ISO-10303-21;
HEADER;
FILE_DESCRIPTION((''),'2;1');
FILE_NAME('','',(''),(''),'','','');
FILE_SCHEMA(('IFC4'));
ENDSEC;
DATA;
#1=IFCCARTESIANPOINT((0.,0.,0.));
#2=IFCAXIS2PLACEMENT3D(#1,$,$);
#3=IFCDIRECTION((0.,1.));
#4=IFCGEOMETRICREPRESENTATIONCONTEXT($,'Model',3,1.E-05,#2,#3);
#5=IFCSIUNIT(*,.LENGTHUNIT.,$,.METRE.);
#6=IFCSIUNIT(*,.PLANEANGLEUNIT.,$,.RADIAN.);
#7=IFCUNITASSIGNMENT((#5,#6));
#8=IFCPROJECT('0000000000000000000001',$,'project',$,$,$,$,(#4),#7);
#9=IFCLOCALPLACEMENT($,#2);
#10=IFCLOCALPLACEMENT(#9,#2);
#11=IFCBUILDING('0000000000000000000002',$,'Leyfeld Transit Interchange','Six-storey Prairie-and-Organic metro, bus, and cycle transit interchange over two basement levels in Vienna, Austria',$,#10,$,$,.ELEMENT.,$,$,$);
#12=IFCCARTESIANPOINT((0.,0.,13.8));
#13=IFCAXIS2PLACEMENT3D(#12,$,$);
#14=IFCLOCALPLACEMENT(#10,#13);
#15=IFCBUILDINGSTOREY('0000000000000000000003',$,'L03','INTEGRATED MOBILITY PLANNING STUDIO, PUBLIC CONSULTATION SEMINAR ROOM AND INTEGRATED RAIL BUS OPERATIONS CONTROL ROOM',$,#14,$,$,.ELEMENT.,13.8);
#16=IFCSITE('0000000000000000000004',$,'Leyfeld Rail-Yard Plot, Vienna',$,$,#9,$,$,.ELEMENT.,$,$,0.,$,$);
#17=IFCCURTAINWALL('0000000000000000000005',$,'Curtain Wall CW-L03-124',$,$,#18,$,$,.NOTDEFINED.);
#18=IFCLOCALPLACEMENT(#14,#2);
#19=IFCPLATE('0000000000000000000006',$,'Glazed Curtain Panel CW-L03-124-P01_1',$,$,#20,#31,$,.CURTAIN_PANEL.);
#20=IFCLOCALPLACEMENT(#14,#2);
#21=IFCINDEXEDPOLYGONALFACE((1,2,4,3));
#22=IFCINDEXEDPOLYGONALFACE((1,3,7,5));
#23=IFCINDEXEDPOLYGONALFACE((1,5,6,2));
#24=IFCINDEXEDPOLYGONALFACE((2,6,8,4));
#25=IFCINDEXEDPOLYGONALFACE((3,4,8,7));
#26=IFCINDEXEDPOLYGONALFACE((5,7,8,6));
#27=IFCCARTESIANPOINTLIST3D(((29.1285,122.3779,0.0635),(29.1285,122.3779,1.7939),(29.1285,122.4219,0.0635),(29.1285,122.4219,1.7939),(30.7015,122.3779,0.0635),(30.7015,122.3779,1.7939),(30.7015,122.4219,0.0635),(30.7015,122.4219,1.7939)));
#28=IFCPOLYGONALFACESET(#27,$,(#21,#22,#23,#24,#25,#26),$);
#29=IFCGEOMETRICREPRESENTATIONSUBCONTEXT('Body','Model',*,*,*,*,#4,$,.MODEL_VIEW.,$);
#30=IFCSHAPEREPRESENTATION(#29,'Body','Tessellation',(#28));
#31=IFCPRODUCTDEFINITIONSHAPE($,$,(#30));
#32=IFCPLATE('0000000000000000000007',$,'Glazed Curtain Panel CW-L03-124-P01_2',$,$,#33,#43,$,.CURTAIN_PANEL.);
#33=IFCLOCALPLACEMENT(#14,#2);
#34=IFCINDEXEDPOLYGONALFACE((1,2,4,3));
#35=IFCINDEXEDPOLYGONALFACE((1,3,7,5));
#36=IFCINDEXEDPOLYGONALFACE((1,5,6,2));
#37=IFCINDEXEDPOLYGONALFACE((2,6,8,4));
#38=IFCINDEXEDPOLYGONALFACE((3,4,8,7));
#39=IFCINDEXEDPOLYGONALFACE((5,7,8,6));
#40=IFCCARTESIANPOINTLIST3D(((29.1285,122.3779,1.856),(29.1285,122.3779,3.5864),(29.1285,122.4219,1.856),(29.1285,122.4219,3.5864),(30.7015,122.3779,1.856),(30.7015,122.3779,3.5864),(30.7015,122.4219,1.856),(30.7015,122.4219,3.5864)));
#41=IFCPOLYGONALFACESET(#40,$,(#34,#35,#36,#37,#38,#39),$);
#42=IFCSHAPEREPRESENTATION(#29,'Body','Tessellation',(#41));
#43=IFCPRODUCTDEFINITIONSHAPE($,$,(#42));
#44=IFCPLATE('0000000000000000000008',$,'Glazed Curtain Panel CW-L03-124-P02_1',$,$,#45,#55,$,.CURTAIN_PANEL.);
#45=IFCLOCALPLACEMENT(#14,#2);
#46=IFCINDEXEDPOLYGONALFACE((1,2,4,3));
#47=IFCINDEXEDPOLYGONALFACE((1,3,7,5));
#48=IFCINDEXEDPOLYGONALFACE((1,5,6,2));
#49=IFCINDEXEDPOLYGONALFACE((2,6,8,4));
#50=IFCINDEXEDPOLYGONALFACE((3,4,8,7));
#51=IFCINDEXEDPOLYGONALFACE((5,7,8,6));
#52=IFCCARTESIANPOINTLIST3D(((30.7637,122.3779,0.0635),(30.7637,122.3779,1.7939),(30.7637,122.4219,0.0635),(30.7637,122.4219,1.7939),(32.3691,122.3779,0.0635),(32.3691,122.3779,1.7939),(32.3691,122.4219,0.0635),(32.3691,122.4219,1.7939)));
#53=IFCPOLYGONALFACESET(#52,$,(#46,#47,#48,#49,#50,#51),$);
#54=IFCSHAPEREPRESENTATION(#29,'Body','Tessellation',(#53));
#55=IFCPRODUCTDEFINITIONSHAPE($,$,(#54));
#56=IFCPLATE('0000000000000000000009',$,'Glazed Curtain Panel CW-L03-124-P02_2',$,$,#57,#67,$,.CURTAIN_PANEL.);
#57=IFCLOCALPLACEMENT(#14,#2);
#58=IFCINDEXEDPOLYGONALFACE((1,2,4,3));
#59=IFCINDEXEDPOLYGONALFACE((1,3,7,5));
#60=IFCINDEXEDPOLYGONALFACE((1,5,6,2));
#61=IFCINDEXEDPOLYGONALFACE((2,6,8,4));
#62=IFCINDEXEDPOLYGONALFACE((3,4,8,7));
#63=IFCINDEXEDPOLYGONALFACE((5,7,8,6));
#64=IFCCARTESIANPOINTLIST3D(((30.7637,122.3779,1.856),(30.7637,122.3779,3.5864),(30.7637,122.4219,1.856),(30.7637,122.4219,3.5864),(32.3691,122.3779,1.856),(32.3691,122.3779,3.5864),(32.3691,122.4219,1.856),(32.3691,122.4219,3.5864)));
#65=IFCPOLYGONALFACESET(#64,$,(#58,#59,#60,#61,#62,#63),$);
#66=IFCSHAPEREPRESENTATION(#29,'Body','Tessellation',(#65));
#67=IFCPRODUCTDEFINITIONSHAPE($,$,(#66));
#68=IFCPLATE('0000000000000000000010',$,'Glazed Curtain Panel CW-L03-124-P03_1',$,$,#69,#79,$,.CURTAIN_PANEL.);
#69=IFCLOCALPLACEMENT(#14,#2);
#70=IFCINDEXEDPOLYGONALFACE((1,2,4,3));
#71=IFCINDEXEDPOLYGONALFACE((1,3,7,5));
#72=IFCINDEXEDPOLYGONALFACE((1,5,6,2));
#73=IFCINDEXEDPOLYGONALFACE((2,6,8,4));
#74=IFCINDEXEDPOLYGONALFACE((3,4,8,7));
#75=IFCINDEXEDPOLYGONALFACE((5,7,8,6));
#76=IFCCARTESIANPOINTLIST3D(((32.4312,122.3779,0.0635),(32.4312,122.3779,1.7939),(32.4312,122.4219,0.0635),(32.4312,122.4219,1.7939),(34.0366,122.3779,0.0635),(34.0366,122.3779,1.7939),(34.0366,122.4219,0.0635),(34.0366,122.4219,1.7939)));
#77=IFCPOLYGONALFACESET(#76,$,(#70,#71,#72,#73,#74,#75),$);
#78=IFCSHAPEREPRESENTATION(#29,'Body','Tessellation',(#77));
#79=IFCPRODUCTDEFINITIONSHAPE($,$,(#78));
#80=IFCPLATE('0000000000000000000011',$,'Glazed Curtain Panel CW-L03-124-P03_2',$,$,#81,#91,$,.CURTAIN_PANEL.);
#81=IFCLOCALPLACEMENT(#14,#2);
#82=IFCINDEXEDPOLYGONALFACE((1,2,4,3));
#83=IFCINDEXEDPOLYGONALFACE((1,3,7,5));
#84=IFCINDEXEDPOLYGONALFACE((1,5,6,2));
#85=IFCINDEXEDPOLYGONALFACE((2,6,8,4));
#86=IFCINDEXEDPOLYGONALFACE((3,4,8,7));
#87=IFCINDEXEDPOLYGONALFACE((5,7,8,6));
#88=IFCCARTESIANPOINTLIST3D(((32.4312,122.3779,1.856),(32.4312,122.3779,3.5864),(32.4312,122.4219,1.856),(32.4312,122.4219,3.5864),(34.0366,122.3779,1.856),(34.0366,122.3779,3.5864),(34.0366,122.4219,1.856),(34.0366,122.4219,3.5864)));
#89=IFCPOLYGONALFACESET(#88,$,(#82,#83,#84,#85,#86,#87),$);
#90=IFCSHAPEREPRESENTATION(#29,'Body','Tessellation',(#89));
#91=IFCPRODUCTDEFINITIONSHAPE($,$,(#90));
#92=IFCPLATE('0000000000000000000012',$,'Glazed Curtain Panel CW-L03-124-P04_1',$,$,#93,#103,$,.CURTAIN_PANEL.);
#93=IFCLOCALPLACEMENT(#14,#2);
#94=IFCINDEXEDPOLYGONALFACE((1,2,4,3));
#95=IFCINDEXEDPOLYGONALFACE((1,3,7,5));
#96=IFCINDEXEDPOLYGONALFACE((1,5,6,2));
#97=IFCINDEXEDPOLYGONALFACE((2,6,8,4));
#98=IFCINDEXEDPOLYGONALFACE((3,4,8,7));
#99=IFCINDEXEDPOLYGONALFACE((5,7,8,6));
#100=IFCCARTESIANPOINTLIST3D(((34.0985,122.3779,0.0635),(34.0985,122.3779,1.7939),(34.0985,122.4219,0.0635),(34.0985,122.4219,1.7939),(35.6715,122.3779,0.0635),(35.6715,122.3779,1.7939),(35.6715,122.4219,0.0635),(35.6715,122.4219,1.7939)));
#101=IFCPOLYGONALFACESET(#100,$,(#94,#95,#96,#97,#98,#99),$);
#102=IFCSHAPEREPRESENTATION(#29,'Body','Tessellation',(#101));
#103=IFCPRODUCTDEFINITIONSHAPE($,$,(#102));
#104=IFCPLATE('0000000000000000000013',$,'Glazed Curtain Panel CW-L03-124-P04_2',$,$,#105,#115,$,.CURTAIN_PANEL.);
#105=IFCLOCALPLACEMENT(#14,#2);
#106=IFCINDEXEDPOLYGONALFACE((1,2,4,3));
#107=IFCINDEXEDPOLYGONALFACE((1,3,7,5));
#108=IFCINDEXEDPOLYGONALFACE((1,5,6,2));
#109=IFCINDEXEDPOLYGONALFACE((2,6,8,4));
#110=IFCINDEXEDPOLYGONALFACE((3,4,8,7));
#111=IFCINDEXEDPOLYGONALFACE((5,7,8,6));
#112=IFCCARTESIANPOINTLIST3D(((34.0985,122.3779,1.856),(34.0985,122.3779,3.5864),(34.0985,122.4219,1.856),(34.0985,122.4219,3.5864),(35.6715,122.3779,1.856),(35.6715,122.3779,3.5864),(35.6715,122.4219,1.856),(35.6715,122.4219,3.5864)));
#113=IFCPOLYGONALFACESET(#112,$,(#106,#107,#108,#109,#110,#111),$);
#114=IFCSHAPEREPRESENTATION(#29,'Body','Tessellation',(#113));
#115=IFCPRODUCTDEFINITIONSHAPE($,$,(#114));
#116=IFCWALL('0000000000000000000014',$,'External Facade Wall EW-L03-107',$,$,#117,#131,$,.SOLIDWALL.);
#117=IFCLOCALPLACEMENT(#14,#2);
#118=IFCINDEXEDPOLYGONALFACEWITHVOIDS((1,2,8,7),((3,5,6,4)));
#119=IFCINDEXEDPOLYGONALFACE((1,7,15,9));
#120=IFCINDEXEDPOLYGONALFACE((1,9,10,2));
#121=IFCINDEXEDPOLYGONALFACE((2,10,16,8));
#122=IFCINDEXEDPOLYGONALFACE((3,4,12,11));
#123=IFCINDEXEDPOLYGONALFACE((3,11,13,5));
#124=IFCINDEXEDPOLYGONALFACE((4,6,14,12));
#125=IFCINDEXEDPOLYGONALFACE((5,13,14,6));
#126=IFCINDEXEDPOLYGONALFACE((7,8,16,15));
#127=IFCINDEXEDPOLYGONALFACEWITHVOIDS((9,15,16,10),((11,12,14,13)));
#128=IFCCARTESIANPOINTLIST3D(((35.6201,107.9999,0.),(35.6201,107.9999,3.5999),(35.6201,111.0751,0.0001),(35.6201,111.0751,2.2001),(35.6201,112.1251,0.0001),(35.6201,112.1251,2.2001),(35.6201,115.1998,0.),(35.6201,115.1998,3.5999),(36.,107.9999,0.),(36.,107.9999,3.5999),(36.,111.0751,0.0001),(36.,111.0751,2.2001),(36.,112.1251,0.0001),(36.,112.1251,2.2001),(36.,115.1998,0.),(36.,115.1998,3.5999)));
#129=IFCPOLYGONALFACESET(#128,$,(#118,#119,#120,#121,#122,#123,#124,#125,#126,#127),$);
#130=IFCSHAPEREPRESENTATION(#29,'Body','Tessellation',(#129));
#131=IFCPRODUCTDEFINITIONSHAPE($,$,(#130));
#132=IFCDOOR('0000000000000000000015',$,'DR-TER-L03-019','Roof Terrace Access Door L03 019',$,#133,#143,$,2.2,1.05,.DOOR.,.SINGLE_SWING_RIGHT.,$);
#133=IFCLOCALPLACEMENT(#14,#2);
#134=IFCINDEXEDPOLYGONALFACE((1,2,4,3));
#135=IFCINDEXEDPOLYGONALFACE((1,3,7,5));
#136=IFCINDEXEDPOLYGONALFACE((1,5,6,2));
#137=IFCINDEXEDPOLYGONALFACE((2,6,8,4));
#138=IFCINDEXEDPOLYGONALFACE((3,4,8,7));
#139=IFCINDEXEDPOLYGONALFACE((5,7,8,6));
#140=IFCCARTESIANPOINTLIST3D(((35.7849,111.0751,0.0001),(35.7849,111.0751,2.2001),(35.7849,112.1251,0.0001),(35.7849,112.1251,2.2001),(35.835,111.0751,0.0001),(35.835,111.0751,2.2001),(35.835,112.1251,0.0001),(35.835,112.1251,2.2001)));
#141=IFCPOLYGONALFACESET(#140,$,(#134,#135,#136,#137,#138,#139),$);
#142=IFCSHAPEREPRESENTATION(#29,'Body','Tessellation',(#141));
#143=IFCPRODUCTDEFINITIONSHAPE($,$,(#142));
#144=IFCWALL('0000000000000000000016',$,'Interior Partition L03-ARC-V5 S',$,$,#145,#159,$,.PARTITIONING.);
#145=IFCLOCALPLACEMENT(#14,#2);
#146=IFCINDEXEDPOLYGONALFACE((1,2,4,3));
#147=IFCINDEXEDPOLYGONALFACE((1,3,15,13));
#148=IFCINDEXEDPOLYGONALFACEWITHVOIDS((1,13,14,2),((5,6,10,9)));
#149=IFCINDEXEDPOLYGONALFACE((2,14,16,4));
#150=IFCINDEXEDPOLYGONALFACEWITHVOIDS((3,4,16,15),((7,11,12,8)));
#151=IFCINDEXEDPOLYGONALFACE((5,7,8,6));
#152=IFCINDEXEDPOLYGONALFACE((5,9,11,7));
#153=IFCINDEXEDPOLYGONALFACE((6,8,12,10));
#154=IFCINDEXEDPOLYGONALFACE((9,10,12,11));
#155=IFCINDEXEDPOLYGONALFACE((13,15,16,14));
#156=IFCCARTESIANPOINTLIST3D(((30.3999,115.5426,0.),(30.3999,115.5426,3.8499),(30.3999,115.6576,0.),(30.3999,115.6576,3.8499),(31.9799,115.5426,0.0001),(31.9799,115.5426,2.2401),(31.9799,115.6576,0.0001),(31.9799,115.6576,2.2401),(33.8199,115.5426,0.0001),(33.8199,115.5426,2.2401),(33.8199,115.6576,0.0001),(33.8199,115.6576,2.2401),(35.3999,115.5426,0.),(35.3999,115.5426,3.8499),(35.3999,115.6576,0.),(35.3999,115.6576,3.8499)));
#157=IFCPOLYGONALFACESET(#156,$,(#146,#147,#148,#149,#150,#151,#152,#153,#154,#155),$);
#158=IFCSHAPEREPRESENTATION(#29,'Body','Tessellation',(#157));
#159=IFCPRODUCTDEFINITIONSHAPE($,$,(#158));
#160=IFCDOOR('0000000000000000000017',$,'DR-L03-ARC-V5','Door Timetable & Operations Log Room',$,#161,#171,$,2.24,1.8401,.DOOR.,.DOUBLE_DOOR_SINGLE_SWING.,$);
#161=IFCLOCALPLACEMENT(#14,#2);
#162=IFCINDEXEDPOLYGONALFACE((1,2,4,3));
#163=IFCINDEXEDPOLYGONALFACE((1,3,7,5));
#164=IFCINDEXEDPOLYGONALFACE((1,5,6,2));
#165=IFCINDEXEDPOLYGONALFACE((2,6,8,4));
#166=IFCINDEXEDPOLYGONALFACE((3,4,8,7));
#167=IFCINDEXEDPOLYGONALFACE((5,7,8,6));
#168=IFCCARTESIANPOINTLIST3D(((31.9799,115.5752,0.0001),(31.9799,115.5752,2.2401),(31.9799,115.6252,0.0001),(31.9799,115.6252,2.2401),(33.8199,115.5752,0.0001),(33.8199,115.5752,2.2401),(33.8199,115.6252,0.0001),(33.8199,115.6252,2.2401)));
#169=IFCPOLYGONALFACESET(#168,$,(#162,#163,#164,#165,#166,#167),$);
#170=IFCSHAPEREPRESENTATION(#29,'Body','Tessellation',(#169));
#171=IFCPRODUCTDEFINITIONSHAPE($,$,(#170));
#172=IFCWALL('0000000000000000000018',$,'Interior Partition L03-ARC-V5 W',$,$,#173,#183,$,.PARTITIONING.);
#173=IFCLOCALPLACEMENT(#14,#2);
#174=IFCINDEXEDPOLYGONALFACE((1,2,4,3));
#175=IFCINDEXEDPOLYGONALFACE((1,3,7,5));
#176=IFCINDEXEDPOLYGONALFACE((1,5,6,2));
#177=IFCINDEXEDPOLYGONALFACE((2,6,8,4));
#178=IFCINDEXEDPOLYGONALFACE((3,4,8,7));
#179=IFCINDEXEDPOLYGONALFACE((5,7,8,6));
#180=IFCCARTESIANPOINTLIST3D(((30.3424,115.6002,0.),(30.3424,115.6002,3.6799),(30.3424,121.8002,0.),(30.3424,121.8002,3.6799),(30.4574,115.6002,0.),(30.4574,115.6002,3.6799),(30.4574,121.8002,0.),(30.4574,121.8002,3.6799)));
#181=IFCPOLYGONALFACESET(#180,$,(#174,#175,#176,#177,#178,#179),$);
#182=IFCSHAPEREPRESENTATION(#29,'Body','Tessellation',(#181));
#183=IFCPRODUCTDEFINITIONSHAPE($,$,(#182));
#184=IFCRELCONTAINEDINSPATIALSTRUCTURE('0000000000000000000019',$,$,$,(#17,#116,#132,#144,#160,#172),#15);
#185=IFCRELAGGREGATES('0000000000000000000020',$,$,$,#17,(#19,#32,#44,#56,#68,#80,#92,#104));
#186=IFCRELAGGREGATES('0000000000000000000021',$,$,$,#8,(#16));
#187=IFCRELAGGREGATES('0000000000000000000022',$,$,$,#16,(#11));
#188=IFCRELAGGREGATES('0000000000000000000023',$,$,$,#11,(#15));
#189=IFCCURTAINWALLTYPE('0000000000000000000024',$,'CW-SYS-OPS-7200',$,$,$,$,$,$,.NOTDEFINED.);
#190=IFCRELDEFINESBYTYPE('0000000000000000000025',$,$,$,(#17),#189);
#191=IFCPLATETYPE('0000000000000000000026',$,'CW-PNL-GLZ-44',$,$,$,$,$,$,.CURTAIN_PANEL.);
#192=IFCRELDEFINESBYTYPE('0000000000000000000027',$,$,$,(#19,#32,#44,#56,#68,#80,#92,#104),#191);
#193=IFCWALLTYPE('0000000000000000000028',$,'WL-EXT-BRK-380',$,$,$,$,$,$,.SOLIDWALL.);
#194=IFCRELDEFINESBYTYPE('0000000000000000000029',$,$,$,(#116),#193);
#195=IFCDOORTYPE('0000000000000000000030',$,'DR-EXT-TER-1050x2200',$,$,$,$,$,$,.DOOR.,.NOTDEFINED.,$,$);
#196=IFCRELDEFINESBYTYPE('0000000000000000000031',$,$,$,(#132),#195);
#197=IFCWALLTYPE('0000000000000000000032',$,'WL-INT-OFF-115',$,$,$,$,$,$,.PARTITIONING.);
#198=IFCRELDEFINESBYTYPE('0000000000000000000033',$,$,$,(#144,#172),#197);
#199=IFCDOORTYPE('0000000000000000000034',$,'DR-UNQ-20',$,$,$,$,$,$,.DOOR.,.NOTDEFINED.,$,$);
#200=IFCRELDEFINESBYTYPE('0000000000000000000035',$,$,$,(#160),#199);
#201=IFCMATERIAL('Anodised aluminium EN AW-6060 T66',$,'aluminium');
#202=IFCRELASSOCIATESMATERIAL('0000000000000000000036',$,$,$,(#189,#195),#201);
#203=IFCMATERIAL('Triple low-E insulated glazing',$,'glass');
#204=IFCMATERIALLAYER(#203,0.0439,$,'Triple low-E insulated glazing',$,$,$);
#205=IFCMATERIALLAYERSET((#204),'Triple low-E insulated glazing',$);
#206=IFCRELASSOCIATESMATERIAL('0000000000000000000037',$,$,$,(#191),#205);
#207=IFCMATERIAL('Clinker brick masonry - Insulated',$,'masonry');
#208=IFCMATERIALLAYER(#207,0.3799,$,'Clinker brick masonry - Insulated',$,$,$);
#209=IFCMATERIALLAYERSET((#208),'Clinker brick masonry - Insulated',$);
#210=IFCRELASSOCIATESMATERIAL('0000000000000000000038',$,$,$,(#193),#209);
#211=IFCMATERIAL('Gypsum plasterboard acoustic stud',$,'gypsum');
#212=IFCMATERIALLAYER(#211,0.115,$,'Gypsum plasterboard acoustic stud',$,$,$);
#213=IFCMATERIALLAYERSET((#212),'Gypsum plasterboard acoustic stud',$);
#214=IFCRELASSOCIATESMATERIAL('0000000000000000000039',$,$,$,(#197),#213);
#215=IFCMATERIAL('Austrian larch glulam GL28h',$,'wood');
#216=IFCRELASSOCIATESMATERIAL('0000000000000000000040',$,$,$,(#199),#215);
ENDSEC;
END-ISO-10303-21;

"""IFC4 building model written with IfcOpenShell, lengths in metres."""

from ifc_helpers import new_model, si_unit, direction, frame, frame_2d, origin, origin_2d, place, context, subcontext, project, spatial, rectangle, extrude, material, layer, layer_set, type_object, element, fill, aggregate, save


model = new_model("IFC4")

# Units and contexts
model_context = context("Model", 3, precision=1e-05, world=origin(), true_north=direction((0.0, 1.0)))
body_context = subcontext(model_context, "Body", "Model", "MODEL_VIEW")
ifc_project = project(units=[si_unit("LENGTHUNIT", "METRE"), si_unit("PLANEANGLEUNIT", "RADIAN")], contexts=[model_context])

# Site, building, storey
site_placement = place(None, origin())
site = spatial("IfcSite", under=ifc_project, at=site_placement, Name="Leyfeld Rail-Yard Plot, Vienna", CompositionType="ELEMENT", RefElevation=0.0)
building_placement = place(site_placement, origin())
building = spatial("IfcBuilding", under=site, at=building_placement, Name="Leyfeld Transit Interchange", Description="Six-storey Prairie-and-Organic metro, bus, and cycle transit interchange over two basement levels in Vienna, Austria", CompositionType="ELEMENT")
storey_placement = place(building_placement, frame((0.0, 0.0, 13.8)))
storey = spatial("IfcBuildingStorey", under=building, at=storey_placement, Name="L03", Description="INTEGRATED MOBILITY PLANNING STUDIO, PUBLIC CONSULTATION SEMINAR ROOM AND INTEGRATED RAIL BUS OPERATIONS CONTROL ROOM", CompositionType="ELEMENT", Elevation=13.8)

# Curtain wall
ifc_material_1 = material(Name="Anodised aluminium EN AW-6060 T66", Category="aluminium")
curtain_wall_type = type_object("IfcCurtainWallType", Name="CW-SYS-OPS-7200", PredefinedType="NOTDEFINED", material=ifc_material_1)
curtain_wall_1_placement = place(storey_placement, origin())
curtain_wall_1 = element("IfcCurtainWall", 1, at=curtain_wall_1_placement, inside=storey, type_object=curtain_wall_type, Name="Curtain Wall CW-L03-124", PredefinedType="NOTDEFINED")

# Plates
ifc_material_2 = material(Name="Triple low-E insulated glazing", Category="glass")
ifc_layer_1 = layer(ifc_material_2, 0.0439, Name="Triple low-E insulated glazing")
ifc_layer_set_1 = layer_set([ifc_layer_1], Name="Triple low-E insulated glazing")
plate_type = type_object("IfcPlateType", Name="CW-PNL-GLZ-44", PredefinedType="CURTAIN_PANEL", material=ifc_layer_set_1)
plate_1_placement = place(storey_placement, frame((29.915, 122.3999, 0.0635), z_axis=(0.0, 0.0, 1.0), x_axis=(1.0, 0.0, 0.0)))
plate_1 = element("IfcPlate", 2, at=plate_1_placement, type_object=plate_type, Name="Glazed Curtain Panel CW-L03-124-P01_1", PredefinedType="CURTAIN_PANEL", context=body_context, shape_type="SweptSolid", body=[
    extrude(rectangle(XDim=1.573, YDim=0.0439, at=origin_2d()), origin(), (0.0, 0.0, 1.0), 1.7305),
])
plate_2_placement = place(storey_placement, frame((29.915, 122.3999, 1.856), z_axis=(0.0, 0.0, 1.0), x_axis=(1.0, 0.0, 0.0)))
plate_2 = element("IfcPlate", 3, at=plate_2_placement, type_object=plate_type, Name="Glazed Curtain Panel CW-L03-124-P01_2", PredefinedType="CURTAIN_PANEL", context=body_context, shape_type="SweptSolid", body=[
    extrude(rectangle(XDim=1.573, YDim=0.0439, at=origin_2d()), origin(), (0.0, 0.0, 1.0), 1.7305),
])
plate_3_placement = place(storey_placement, frame((31.5664, 122.3999, 0.0635), z_axis=(0.0, 0.0, 1.0), x_axis=(1.0, 0.0, 0.0)))
plate_3 = element("IfcPlate", 4, at=plate_3_placement, type_object=plate_type, Name="Glazed Curtain Panel CW-L03-124-P02_1", PredefinedType="CURTAIN_PANEL", context=body_context, shape_type="SweptSolid", body=[
    extrude(rectangle(XDim=1.6055, YDim=0.0439, at=origin_2d()), origin(), (0.0, 0.0, 1.0), 1.7305),
])
plate_4_placement = place(storey_placement, frame((31.5664, 122.3999, 1.856), z_axis=(0.0, 0.0, 1.0), x_axis=(1.0, 0.0, 0.0)))
plate_4 = element("IfcPlate", 5, at=plate_4_placement, type_object=plate_type, Name="Glazed Curtain Panel CW-L03-124-P02_2", PredefinedType="CURTAIN_PANEL", context=body_context, shape_type="SweptSolid", body=[
    extrude(rectangle(XDim=1.6055, YDim=0.0439, at=origin_2d()), origin(), (0.0, 0.0, 1.0), 1.7305),
])
plate_5_placement = place(storey_placement, frame((33.2339, 122.3999, 0.0635), z_axis=(0.0, 0.0, 1.0), x_axis=(1.0, 0.0, 0.0)))
plate_5 = element("IfcPlate", 6, at=plate_5_placement, type_object=plate_type, Name="Glazed Curtain Panel CW-L03-124-P03_1", PredefinedType="CURTAIN_PANEL", context=body_context, shape_type="SweptSolid", body=[
    extrude(rectangle(XDim=1.6055, YDim=0.0439, at=origin_2d()), origin(), (0.0, 0.0, 1.0), 1.7305),
])
plate_6_placement = place(storey_placement, frame((33.2339, 122.3999, 1.856), z_axis=(0.0, 0.0, 1.0), x_axis=(1.0, 0.0, 0.0)))
plate_6 = element("IfcPlate", 7, at=plate_6_placement, type_object=plate_type, Name="Glazed Curtain Panel CW-L03-124-P03_2", PredefinedType="CURTAIN_PANEL", context=body_context, shape_type="SweptSolid", body=[
    extrude(rectangle(XDim=1.6055, YDim=0.0439, at=origin_2d()), origin(), (0.0, 0.0, 1.0), 1.7305),
])
plate_7_placement = place(storey_placement, frame((34.885, 122.3999, 0.0635), z_axis=(0.0, 0.0, 1.0), x_axis=(1.0, 0.0, 0.0)))
plate_7 = element("IfcPlate", 8, at=plate_7_placement, type_object=plate_type, Name="Glazed Curtain Panel CW-L03-124-P04_1", PredefinedType="CURTAIN_PANEL", context=body_context, shape_type="SweptSolid", body=[
    extrude(rectangle(XDim=1.573, YDim=0.0439, at=origin_2d()), origin(), (0.0, 0.0, 1.0), 1.7305),
])
plate_8_placement = place(storey_placement, frame((34.885, 122.3999, 1.856), z_axis=(0.0, 0.0, 1.0), x_axis=(1.0, 0.0, 0.0)))
plate_8 = element("IfcPlate", 9, at=plate_8_placement, type_object=plate_type, Name="Glazed Curtain Panel CW-L03-124-P04_2", PredefinedType="CURTAIN_PANEL", context=body_context, shape_type="SweptSolid", body=[
    extrude(rectangle(XDim=1.573, YDim=0.0439, at=origin_2d()), origin(), (0.0, 0.0, 1.0), 1.7305),
])
aggregate(curtain_wall_1, [plate_1, plate_2, plate_3, plate_4, plate_5, plate_6, plate_7, plate_8])

# Walls, openings, doors
ifc_material_3 = material(Name="Clinker brick masonry - Insulated", Category="masonry")
ifc_layer_2 = layer(ifc_material_3, 0.3799, Name="Clinker brick masonry - Insulated")
ifc_layer_set_2 = layer_set([ifc_layer_2], Name="Clinker brick masonry - Insulated")
wall_type_1 = type_object("IfcWallType", Name="WL-EXT-BRK-380", PredefinedType="SOLIDWALL", material=ifc_layer_set_2)
wall_1_placement = place(storey_placement, frame((35.8101, 115.2, 0.0), z_axis=(0.0, 0.0, 1.0), x_axis=(0.0, -1.0, 0.0)))
wall_1 = element("IfcWall", 10, at=wall_1_placement, inside=storey, type_object=wall_type_1, Name="External Facade Wall EW-L03-107", PredefinedType="SOLIDWALL", context=body_context, shape_type="SweptSolid", body=[
    extrude(rectangle(XDim=7.2, YDim=0.3799, at=frame_2d((3.6001, 0.0))), origin(), (0.0, 0.0, 1.0), 3.5999),
])
opening_1_placement = place(wall_1_placement, frame((3.075, 0.0, 0.0)))
opening_1 = element("IfcOpeningElement", 11, at=opening_1_placement, cuts=wall_1, PredefinedType="OPENING", context=body_context, shape_type="SweptSolid", body=[
    extrude(rectangle(XDim=1.05, YDim=2.2, at=frame_2d((0.5249, 1.1001))), frame((0.0, 0.2, 0.0), z_axis=(0.0, -1.0, 0.0), x_axis=(1.0, 0.0, 0.0)), (0.0, 0.0, 1.0), 0.3999),
])
door_type_1 = type_object("IfcDoorType", Name="DR-EXT-TER-1050x2200", OperationType="NOTDEFINED", PredefinedType="DOOR", material=ifc_material_1)
door_1_placement = place(opening_1_placement, origin())
door_1 = element("IfcDoor", 12, at=door_1_placement, inside=storey, type_object=door_type_1, Name="DR-TER-L03-019", Description="Roof Terrace Access Door L03 019", OperationType="SINGLE_SWING_RIGHT", OverallHeight=2.2, OverallWidth=1.05, PredefinedType="DOOR", context=body_context, shape_type="SweptSolid", body=[
    extrude(rectangle(XDim=1.05, YDim=2.2, at=frame_2d((0.5249, 1.1001))), frame((0.0, 0.0249, 0.0), z_axis=(0.0, -1.0, 0.0), x_axis=(1.0, 0.0, 0.0)), (0.0, 0.0, 1.0), 0.05),
])
fill(opening_1, door_1)
ifc_material_4 = material(Name="Gypsum plasterboard acoustic stud", Category="gypsum")
ifc_layer_3 = layer(ifc_material_4, 0.115, Name="Gypsum plasterboard acoustic stud")
ifc_layer_set_3 = layer_set([ifc_layer_3], Name="Gypsum plasterboard acoustic stud")
wall_type_2 = type_object("IfcWallType", Name="WL-INT-OFF-115", PredefinedType="PARTITIONING", material=ifc_layer_set_3)
wall_2_placement = place(storey_placement, frame((35.3999, 115.6001, 0.0), z_axis=(0.0, 0.0, 1.0), x_axis=(-1.0, 0.0, 0.0)))
wall_2 = element("IfcWall", 13, at=wall_2_placement, inside=storey, type_object=wall_type_2, Name="Interior Partition L03-ARC-V5 S", PredefinedType="PARTITIONING", context=body_context, shape_type="SweptSolid", body=[
    extrude(rectangle(XDim=5.0, YDim=0.115, at=frame_2d((2.5, 0.0))), origin(), (0.0, 0.0, 1.0), 3.8499),
])
opening_2_placement = place(wall_2_placement, frame((1.5801, 0.0, 0.0)))
opening_2 = element("IfcOpeningElement", 14, at=opening_2_placement, cuts=wall_2, PredefinedType="OPENING", context=body_context, shape_type="SweptSolid", body=[
    extrude(rectangle(XDim=1.8401, YDim=2.24, at=frame_2d((0.9199, 1.1201))), frame((0.0, 0.0674, 0.0), z_axis=(0.0, -1.0, 0.0), x_axis=(1.0, 0.0, 0.0)), (0.0, 0.0, 1.0), 0.135),
])
ifc_material_5 = material(Name="Austrian larch glulam GL28h", Category="wood")
door_type_2 = type_object("IfcDoorType", Name="DR-UNQ-20", OperationType="NOTDEFINED", PredefinedType="DOOR", material=ifc_material_5)
door_2_placement = place(opening_2_placement, origin())
door_2 = element("IfcDoor", 15, at=door_2_placement, inside=storey, type_object=door_type_2, Name="DR-L03-ARC-V5", Description="Door Timetable & Operations Log Room", OperationType="DOUBLE_DOOR_SINGLE_SWING", OverallHeight=2.24, OverallWidth=1.8401, PredefinedType="DOOR", context=body_context, shape_type="SweptSolid", body=[
    extrude(rectangle(XDim=1.8401, YDim=2.24, at=frame_2d((0.9199, 1.1201))), frame((0.0, 0.0249, 0.0), z_axis=(0.0, -1.0, 0.0), x_axis=(1.0, 0.0, 0.0)), (0.0, 0.0, 1.0), 0.05),
])
fill(opening_2, door_2)

# Wall
wall_3_placement = place(storey_placement, frame((30.3999, 115.6001, 0.0), z_axis=(0.0, 0.0, 1.0), x_axis=(0.0, 1.0, 0.0)))
element("IfcWall", 16, at=wall_3_placement, inside=storey, type_object=wall_type_2, Name="Interior Partition L03-ARC-V5 W", PredefinedType="PARTITIONING", context=body_context, shape_type="SweptSolid", body=[
    extrude(rectangle(XDim=6.2, YDim=0.115, at=frame_2d((3.1001, 0.0))), origin(), (0.0, 0.0, 1.0), 3.6799),
])

save(model, "model.ifc")
